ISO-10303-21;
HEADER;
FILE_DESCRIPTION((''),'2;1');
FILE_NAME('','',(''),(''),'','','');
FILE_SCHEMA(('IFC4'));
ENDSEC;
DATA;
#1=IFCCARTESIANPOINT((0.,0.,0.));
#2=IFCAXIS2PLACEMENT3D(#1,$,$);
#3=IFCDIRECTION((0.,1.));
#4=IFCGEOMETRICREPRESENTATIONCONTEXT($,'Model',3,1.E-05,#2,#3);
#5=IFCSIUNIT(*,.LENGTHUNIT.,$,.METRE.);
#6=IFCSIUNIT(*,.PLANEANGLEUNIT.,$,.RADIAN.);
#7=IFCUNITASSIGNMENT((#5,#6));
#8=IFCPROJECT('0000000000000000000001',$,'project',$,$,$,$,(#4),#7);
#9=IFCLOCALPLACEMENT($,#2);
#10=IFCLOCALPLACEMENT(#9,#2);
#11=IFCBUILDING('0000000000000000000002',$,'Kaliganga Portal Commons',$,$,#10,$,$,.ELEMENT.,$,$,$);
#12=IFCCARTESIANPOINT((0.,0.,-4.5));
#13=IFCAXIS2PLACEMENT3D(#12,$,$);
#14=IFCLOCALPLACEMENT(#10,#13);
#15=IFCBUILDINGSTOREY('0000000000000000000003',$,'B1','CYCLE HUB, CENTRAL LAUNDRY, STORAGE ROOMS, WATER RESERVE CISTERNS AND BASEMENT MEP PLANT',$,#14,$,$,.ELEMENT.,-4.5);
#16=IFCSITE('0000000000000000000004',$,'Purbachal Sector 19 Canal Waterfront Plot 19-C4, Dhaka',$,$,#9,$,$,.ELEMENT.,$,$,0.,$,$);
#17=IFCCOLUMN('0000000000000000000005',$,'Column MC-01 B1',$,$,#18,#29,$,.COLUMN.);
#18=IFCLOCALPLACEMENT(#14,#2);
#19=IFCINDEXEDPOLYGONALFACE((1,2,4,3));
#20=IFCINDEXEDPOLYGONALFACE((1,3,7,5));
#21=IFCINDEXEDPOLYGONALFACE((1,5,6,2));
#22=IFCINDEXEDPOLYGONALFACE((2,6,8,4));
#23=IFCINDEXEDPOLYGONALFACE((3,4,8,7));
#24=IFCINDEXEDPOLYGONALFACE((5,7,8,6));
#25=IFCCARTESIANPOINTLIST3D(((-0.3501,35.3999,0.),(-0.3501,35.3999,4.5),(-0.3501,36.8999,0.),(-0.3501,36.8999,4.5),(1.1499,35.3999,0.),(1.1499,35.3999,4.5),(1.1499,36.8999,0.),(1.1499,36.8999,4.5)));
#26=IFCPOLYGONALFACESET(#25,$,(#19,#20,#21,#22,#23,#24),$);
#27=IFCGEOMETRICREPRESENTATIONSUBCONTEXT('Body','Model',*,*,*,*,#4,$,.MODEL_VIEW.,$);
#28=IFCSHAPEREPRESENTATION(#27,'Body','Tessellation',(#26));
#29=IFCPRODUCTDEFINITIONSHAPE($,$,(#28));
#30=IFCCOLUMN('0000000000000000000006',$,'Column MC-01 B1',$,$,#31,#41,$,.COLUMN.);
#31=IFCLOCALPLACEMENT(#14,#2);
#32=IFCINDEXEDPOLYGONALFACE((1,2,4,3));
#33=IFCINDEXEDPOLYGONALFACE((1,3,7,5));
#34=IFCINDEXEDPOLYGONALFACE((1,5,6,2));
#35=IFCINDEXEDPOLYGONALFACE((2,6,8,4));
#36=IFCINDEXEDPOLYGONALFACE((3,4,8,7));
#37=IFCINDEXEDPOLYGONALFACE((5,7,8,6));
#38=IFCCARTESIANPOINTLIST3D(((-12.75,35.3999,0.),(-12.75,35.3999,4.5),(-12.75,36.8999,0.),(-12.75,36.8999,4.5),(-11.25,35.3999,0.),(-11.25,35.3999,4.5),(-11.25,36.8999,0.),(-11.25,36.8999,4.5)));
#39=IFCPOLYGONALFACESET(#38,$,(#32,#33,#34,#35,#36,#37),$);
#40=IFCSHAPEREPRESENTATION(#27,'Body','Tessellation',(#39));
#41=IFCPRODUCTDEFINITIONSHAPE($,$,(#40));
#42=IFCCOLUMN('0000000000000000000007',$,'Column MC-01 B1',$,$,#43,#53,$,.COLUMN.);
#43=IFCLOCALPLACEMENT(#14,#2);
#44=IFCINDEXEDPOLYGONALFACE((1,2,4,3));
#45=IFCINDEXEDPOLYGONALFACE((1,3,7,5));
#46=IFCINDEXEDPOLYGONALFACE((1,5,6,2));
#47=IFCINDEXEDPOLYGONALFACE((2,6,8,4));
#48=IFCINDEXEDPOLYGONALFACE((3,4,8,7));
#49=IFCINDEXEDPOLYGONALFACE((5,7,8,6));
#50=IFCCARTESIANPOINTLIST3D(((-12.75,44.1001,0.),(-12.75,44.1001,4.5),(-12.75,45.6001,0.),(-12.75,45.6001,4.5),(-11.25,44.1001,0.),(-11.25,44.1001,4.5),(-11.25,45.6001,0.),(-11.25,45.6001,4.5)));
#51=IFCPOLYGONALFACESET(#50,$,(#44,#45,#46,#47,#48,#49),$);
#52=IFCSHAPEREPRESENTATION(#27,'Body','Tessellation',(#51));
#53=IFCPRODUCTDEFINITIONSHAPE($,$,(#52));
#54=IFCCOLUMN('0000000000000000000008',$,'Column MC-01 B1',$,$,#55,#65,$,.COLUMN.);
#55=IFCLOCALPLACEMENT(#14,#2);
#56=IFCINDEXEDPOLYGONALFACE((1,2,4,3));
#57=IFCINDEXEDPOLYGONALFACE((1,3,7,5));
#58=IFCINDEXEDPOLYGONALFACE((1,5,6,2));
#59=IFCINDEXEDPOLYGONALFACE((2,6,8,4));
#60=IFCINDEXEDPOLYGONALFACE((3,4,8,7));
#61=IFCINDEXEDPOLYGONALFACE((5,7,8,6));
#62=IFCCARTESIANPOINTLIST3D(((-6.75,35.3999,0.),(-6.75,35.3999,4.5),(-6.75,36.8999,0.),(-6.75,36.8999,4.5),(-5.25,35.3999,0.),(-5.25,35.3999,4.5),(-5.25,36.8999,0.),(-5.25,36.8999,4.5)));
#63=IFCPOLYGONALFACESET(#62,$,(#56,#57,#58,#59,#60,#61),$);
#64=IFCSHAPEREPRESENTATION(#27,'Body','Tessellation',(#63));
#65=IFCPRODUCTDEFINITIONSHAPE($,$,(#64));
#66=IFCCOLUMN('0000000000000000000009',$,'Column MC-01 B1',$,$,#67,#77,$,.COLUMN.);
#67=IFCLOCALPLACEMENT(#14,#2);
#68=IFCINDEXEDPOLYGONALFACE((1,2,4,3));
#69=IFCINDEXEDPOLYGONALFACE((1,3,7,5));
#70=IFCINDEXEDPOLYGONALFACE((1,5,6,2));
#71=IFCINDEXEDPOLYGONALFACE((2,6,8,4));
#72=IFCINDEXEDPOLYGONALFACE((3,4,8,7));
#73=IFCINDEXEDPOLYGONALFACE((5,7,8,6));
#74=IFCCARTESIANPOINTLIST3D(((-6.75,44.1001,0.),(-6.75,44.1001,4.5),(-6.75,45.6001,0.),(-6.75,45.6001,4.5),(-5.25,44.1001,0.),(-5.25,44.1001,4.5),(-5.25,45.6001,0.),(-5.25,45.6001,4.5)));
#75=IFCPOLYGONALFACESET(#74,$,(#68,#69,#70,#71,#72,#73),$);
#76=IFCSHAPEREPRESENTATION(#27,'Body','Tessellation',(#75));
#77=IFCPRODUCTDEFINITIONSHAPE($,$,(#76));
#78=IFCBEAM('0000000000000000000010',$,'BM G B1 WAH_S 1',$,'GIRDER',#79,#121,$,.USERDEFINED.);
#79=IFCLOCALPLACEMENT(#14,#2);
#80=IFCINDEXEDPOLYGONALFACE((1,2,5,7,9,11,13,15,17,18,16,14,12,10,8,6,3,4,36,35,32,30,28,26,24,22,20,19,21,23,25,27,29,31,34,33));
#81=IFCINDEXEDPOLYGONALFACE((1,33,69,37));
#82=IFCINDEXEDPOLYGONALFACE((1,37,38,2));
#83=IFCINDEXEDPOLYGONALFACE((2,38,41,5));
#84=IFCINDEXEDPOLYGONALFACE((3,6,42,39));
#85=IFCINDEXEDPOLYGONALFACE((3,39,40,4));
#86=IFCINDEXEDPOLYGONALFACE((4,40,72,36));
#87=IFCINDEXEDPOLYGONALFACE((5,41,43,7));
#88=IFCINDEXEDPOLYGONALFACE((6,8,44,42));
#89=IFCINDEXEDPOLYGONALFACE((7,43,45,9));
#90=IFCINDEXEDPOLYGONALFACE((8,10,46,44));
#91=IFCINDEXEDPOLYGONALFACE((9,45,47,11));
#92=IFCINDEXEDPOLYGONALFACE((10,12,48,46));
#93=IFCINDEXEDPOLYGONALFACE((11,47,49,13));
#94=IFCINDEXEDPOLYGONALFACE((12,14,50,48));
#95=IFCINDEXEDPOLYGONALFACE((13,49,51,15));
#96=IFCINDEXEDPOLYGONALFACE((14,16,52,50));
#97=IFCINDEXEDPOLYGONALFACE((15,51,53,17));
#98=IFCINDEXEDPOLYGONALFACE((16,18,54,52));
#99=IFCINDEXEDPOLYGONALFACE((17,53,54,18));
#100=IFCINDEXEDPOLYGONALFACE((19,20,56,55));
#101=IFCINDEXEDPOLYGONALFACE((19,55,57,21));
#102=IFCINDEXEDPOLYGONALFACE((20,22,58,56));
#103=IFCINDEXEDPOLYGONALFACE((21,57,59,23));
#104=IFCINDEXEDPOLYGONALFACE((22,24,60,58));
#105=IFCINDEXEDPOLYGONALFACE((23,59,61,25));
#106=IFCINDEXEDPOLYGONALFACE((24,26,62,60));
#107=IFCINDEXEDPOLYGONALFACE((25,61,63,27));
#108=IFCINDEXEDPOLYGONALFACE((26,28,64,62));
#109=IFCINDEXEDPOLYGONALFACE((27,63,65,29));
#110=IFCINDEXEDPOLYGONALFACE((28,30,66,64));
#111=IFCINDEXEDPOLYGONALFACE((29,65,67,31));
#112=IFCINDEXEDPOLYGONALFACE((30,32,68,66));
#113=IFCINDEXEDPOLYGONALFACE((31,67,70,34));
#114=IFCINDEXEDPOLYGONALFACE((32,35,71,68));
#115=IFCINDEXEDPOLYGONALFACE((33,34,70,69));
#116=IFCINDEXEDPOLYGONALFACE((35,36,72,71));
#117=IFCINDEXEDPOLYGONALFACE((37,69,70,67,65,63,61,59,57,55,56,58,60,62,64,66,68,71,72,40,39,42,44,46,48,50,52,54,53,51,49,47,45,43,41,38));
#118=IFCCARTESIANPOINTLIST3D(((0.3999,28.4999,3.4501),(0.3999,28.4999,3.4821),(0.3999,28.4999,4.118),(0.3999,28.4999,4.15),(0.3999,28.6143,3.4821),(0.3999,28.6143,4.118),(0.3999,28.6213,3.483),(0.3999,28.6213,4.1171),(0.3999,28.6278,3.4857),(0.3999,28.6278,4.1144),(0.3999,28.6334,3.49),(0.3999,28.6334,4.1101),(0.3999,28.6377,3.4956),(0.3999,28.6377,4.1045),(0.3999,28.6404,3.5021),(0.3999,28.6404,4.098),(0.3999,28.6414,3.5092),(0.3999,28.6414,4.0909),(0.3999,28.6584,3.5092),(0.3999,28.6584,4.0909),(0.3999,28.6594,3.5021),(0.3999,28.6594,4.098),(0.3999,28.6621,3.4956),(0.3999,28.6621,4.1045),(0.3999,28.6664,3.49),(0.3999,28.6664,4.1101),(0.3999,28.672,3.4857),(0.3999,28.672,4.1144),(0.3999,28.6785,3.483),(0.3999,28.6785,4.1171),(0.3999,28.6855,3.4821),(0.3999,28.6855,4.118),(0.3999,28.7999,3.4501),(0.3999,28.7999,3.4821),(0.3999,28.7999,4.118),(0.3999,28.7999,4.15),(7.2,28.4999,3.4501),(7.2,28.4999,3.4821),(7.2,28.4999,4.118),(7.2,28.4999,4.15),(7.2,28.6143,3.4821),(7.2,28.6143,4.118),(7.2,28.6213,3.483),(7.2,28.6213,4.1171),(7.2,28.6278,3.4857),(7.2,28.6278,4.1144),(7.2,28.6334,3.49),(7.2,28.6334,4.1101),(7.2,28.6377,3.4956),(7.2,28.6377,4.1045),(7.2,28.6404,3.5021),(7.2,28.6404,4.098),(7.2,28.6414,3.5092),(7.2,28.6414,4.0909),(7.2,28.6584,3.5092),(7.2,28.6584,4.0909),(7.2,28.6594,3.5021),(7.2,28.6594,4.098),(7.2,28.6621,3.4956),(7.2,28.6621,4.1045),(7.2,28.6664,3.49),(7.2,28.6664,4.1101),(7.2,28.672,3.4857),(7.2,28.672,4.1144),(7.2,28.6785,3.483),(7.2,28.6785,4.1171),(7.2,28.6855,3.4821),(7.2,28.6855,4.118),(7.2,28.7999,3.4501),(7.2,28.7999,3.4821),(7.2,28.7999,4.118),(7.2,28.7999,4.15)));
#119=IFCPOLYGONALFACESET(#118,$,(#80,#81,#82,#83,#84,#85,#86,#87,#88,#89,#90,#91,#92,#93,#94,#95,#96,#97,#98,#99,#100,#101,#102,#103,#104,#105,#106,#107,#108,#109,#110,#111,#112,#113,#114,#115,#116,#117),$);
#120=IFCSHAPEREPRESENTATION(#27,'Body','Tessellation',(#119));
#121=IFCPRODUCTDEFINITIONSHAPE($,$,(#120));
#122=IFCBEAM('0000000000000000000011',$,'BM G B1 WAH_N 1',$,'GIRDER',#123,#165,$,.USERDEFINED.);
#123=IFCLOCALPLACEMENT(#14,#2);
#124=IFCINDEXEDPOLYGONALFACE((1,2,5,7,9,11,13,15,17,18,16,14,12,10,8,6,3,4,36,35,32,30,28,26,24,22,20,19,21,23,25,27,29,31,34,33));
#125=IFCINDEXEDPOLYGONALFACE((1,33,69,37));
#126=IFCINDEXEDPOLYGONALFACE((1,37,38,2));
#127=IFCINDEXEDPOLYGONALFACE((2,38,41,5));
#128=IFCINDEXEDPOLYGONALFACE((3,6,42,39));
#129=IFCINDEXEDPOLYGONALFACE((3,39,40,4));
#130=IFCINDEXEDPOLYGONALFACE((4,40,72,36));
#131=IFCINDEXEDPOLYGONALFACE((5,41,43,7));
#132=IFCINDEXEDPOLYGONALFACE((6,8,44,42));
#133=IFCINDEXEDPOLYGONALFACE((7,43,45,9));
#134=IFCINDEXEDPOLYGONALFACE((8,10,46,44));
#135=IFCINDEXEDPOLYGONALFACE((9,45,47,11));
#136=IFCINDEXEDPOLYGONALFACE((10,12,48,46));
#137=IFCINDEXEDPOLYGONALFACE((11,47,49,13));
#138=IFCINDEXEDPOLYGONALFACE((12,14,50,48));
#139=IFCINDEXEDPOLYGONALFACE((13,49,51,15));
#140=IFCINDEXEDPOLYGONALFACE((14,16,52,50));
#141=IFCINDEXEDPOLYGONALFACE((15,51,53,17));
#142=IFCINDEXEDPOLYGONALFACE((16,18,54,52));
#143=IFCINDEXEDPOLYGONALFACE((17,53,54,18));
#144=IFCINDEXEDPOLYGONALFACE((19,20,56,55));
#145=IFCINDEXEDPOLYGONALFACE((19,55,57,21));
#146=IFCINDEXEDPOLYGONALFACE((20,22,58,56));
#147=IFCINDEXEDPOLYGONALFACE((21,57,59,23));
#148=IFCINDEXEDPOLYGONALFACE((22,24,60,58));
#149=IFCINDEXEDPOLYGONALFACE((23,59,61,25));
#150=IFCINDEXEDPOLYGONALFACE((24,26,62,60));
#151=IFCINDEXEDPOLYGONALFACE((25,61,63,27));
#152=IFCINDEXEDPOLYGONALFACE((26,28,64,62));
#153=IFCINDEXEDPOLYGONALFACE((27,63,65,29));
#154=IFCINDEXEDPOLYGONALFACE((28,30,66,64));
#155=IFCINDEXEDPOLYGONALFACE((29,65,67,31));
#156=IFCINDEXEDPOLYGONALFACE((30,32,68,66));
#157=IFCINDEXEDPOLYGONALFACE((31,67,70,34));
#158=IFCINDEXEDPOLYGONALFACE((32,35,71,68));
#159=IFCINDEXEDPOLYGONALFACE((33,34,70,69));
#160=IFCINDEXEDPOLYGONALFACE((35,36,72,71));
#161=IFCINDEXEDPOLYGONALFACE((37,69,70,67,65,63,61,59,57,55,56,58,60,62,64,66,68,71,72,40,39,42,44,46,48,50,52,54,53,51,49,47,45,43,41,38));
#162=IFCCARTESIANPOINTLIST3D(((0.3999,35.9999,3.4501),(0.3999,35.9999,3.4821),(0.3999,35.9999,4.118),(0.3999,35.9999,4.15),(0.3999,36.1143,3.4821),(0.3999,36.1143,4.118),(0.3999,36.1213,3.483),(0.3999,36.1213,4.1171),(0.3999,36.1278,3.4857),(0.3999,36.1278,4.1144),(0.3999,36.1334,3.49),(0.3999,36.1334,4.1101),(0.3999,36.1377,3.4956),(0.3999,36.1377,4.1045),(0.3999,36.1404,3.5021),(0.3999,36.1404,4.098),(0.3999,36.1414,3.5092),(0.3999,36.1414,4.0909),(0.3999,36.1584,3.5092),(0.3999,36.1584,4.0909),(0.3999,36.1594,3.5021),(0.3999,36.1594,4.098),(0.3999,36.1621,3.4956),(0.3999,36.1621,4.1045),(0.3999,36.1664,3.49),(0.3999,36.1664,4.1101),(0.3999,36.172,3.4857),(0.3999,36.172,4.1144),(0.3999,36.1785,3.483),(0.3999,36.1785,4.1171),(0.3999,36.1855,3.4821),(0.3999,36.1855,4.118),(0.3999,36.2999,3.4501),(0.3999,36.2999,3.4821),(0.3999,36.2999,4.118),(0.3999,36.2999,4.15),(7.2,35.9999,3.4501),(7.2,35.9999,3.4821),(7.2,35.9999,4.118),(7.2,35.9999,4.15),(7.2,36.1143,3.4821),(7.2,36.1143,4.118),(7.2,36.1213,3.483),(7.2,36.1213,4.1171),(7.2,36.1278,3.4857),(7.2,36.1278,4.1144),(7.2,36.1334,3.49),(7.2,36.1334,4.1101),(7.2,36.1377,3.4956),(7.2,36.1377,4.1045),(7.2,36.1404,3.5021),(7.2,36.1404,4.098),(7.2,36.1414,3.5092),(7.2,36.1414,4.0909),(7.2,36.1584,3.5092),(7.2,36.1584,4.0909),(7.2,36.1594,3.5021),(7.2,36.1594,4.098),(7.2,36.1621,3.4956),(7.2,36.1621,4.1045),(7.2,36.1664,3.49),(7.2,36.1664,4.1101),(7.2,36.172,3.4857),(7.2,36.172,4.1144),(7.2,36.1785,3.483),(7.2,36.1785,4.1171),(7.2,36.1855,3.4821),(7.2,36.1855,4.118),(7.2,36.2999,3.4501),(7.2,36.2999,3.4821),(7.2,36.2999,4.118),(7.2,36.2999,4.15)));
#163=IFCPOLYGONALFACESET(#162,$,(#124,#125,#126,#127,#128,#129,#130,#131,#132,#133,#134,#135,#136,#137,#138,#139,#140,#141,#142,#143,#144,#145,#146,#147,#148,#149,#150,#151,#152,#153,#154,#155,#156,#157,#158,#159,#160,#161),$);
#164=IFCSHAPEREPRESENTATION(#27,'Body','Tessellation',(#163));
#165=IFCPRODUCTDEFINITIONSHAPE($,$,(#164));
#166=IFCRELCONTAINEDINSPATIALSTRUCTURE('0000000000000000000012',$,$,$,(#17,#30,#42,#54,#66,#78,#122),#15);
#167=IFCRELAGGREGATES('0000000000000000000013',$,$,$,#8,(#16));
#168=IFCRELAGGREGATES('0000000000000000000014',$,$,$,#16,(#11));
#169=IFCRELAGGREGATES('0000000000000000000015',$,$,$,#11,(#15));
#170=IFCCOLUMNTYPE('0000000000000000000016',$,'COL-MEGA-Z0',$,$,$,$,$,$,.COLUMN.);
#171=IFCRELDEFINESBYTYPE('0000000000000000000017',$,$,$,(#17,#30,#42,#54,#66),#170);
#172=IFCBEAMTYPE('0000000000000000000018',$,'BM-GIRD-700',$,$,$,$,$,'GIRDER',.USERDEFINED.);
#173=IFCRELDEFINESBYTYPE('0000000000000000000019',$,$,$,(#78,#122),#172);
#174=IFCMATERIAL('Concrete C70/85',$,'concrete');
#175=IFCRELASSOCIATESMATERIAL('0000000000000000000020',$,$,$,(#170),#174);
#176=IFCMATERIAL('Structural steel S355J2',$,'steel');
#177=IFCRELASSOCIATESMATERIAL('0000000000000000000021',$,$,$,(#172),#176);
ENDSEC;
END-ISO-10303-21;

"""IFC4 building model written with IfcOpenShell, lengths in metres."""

from ifc_helpers import new_model, si_unit, direction, frame, origin, origin_2d, place, context, subcontext, project, spatial, rectangle, i_section, extrude, source, transform, mapped, material, material_profile, profile_set, type_object, element, save


model = new_model("IFC4")

# Units and contexts
model_context = context("Model", 3, precision=1e-05, world=origin(), true_north=direction((0.0, 1.0)))
body_context = subcontext(model_context, "Body", "Model", "MODEL_VIEW")
ifc_project = project(units=[si_unit("LENGTHUNIT", "METRE"), si_unit("PLANEANGLEUNIT", "RADIAN")], contexts=[model_context])

# Site, building, storey
site_placement = place(None, origin())
site = spatial("IfcSite", under=ifc_project, at=site_placement, Name="Purbachal Sector 19 Canal Waterfront Plot 19-C4, Dhaka", CompositionType="ELEMENT", RefElevation=0.0)
building_placement = place(site_placement, origin())
building = spatial("IfcBuilding", under=site, at=building_placement, Name="Kaliganga Portal Commons", CompositionType="ELEMENT")
storey_placement = place(building_placement, frame((0.0, 0.0, -4.5)))
storey = spatial("IfcBuildingStorey", under=building, at=storey_placement, Name="B1", Description="CYCLE HUB, CENTRAL LAUNDRY, STORAGE ROOMS, WATER RESERVE CISTERNS AND BASEMENT MEP PLANT", CompositionType="ELEMENT", Elevation=-4.5)

# Columns
ifc_material_1 = material(Name="Concrete C70/85", Category="concrete")
ifc_material_profile_1 = material_profile(ifc_material_1, rectangle(XDim=1.5, YDim=1.5, at=origin_2d()), Name="RC 1500x1500")
ifc_profile_set_1 = profile_set([ifc_material_profile_1], Name="Concrete C70/85")
column_type = type_object("IfcColumnType", Name="COL-MEGA-Z0", PredefinedType="COLUMN", material=ifc_profile_set_1)
shared_shape_1 = source(origin(), body_context, "Body", "SweptSolid", [
    extrude(rectangle(XDim=1.5, YDim=1.5, at=origin_2d()), origin(), (0.0, 0.0, 1.0), 4.5),
])
for number, where, z_axis, x_axis, name in (
    (1, (0.3999, 36.1499, 0.0), (0.0, 0.0, 1.0), (1.0, 0.0, 0.0), "Column MC-01 B1"),
    (2, (-12.0, 36.1499, 0.0), (0.0, 0.0, 1.0), (1.0, 0.0, 0.0), "Column MC-01 B1"),
    (3, (-12.0, 44.8501, 0.0), (0.0, 0.0, 1.0), (1.0, 0.0, 0.0), "Column MC-01 B1"),
    (4, (-6.0, 36.1499, 0.0), (0.0, 0.0, 1.0), (1.0, 0.0, 0.0), "Column MC-01 B1"),
    (5, (-6.0, 44.8501, 0.0), (0.0, 0.0, 1.0), (1.0, 0.0, 0.0), "Column MC-01 B1"),
):
    element("IfcColumn", number, at=place(storey_placement, frame(where, z_axis=z_axis, x_axis=x_axis)), inside=storey, type_object=column_type, Name=name, PredefinedType="COLUMN", context=body_context, shape_type="MappedRepresentation", body=[
        mapped(shared_shape_1, transform((0.0, 0.0, 0.0), x_axis=(1.0, 0.0, 0.0), y_axis=(0.0, 1.0, 0.0), z_axis=(0.0, 0.0, 1.0), scale=1.0)),
    ])

# Beams
ifc_material_2 = material(Name="Structural steel S355J2", Category="steel")
ifc_material_profile_2 = material_profile(ifc_material_2, i_section(OverallWidth=0.3, OverallDepth=0.7, WebThickness=0.0171, FlangeThickness=0.032, FilletRadius=0.0271, at=origin_2d()), Name="HE 700 B")
ifc_profile_set_2 = profile_set([ifc_material_profile_2], Name="Structural steel S355J2 wide-flange")
beam_type_1 = type_object("IfcBeamType", Name="BM-GIRD-700", ElementType="GIRDER", PredefinedType="USERDEFINED", material=ifc_profile_set_2)
shared_shape_2 = source(origin(), body_context, "Body", "SweptSolid", [
    extrude(i_section(OverallWidth=0.3, OverallDepth=0.7, WebThickness=0.0171, FlangeThickness=0.032, FilletRadius=0.0271, at=origin_2d()), origin(), (0.0, 0.0, 1.0), 6.8),
])
for number, where, z_axis, x_axis, name in (
    (6, (0.3999, 28.6499, 3.8), (1.0, 0.0, 0.0), (0.0, 1.0, 0.0), "BM G B1 WAH_S 1"),
    (7, (0.3999, 36.1499, 3.8), (1.0, 0.0, 0.0), (0.0, 1.0, 0.0), "BM G B1 WAH_N 1"),
):
    element("IfcBeam", number, at=place(storey_placement, frame(where, z_axis=z_axis, x_axis=x_axis)), inside=storey, type_object=beam_type_1, Name=name, ObjectType="GIRDER", PredefinedType="USERDEFINED", context=body_context, shape_type="MappedRepresentation", body=[
        mapped(shared_shape_2, transform((0.0, 0.0, 0.0), x_axis=(1.0, 0.0, 0.0), y_axis=(0.0, 1.0, 0.0), z_axis=(0.0, 0.0, 1.0), scale=1.0)),
    ])

save(model, "model.ifc")
